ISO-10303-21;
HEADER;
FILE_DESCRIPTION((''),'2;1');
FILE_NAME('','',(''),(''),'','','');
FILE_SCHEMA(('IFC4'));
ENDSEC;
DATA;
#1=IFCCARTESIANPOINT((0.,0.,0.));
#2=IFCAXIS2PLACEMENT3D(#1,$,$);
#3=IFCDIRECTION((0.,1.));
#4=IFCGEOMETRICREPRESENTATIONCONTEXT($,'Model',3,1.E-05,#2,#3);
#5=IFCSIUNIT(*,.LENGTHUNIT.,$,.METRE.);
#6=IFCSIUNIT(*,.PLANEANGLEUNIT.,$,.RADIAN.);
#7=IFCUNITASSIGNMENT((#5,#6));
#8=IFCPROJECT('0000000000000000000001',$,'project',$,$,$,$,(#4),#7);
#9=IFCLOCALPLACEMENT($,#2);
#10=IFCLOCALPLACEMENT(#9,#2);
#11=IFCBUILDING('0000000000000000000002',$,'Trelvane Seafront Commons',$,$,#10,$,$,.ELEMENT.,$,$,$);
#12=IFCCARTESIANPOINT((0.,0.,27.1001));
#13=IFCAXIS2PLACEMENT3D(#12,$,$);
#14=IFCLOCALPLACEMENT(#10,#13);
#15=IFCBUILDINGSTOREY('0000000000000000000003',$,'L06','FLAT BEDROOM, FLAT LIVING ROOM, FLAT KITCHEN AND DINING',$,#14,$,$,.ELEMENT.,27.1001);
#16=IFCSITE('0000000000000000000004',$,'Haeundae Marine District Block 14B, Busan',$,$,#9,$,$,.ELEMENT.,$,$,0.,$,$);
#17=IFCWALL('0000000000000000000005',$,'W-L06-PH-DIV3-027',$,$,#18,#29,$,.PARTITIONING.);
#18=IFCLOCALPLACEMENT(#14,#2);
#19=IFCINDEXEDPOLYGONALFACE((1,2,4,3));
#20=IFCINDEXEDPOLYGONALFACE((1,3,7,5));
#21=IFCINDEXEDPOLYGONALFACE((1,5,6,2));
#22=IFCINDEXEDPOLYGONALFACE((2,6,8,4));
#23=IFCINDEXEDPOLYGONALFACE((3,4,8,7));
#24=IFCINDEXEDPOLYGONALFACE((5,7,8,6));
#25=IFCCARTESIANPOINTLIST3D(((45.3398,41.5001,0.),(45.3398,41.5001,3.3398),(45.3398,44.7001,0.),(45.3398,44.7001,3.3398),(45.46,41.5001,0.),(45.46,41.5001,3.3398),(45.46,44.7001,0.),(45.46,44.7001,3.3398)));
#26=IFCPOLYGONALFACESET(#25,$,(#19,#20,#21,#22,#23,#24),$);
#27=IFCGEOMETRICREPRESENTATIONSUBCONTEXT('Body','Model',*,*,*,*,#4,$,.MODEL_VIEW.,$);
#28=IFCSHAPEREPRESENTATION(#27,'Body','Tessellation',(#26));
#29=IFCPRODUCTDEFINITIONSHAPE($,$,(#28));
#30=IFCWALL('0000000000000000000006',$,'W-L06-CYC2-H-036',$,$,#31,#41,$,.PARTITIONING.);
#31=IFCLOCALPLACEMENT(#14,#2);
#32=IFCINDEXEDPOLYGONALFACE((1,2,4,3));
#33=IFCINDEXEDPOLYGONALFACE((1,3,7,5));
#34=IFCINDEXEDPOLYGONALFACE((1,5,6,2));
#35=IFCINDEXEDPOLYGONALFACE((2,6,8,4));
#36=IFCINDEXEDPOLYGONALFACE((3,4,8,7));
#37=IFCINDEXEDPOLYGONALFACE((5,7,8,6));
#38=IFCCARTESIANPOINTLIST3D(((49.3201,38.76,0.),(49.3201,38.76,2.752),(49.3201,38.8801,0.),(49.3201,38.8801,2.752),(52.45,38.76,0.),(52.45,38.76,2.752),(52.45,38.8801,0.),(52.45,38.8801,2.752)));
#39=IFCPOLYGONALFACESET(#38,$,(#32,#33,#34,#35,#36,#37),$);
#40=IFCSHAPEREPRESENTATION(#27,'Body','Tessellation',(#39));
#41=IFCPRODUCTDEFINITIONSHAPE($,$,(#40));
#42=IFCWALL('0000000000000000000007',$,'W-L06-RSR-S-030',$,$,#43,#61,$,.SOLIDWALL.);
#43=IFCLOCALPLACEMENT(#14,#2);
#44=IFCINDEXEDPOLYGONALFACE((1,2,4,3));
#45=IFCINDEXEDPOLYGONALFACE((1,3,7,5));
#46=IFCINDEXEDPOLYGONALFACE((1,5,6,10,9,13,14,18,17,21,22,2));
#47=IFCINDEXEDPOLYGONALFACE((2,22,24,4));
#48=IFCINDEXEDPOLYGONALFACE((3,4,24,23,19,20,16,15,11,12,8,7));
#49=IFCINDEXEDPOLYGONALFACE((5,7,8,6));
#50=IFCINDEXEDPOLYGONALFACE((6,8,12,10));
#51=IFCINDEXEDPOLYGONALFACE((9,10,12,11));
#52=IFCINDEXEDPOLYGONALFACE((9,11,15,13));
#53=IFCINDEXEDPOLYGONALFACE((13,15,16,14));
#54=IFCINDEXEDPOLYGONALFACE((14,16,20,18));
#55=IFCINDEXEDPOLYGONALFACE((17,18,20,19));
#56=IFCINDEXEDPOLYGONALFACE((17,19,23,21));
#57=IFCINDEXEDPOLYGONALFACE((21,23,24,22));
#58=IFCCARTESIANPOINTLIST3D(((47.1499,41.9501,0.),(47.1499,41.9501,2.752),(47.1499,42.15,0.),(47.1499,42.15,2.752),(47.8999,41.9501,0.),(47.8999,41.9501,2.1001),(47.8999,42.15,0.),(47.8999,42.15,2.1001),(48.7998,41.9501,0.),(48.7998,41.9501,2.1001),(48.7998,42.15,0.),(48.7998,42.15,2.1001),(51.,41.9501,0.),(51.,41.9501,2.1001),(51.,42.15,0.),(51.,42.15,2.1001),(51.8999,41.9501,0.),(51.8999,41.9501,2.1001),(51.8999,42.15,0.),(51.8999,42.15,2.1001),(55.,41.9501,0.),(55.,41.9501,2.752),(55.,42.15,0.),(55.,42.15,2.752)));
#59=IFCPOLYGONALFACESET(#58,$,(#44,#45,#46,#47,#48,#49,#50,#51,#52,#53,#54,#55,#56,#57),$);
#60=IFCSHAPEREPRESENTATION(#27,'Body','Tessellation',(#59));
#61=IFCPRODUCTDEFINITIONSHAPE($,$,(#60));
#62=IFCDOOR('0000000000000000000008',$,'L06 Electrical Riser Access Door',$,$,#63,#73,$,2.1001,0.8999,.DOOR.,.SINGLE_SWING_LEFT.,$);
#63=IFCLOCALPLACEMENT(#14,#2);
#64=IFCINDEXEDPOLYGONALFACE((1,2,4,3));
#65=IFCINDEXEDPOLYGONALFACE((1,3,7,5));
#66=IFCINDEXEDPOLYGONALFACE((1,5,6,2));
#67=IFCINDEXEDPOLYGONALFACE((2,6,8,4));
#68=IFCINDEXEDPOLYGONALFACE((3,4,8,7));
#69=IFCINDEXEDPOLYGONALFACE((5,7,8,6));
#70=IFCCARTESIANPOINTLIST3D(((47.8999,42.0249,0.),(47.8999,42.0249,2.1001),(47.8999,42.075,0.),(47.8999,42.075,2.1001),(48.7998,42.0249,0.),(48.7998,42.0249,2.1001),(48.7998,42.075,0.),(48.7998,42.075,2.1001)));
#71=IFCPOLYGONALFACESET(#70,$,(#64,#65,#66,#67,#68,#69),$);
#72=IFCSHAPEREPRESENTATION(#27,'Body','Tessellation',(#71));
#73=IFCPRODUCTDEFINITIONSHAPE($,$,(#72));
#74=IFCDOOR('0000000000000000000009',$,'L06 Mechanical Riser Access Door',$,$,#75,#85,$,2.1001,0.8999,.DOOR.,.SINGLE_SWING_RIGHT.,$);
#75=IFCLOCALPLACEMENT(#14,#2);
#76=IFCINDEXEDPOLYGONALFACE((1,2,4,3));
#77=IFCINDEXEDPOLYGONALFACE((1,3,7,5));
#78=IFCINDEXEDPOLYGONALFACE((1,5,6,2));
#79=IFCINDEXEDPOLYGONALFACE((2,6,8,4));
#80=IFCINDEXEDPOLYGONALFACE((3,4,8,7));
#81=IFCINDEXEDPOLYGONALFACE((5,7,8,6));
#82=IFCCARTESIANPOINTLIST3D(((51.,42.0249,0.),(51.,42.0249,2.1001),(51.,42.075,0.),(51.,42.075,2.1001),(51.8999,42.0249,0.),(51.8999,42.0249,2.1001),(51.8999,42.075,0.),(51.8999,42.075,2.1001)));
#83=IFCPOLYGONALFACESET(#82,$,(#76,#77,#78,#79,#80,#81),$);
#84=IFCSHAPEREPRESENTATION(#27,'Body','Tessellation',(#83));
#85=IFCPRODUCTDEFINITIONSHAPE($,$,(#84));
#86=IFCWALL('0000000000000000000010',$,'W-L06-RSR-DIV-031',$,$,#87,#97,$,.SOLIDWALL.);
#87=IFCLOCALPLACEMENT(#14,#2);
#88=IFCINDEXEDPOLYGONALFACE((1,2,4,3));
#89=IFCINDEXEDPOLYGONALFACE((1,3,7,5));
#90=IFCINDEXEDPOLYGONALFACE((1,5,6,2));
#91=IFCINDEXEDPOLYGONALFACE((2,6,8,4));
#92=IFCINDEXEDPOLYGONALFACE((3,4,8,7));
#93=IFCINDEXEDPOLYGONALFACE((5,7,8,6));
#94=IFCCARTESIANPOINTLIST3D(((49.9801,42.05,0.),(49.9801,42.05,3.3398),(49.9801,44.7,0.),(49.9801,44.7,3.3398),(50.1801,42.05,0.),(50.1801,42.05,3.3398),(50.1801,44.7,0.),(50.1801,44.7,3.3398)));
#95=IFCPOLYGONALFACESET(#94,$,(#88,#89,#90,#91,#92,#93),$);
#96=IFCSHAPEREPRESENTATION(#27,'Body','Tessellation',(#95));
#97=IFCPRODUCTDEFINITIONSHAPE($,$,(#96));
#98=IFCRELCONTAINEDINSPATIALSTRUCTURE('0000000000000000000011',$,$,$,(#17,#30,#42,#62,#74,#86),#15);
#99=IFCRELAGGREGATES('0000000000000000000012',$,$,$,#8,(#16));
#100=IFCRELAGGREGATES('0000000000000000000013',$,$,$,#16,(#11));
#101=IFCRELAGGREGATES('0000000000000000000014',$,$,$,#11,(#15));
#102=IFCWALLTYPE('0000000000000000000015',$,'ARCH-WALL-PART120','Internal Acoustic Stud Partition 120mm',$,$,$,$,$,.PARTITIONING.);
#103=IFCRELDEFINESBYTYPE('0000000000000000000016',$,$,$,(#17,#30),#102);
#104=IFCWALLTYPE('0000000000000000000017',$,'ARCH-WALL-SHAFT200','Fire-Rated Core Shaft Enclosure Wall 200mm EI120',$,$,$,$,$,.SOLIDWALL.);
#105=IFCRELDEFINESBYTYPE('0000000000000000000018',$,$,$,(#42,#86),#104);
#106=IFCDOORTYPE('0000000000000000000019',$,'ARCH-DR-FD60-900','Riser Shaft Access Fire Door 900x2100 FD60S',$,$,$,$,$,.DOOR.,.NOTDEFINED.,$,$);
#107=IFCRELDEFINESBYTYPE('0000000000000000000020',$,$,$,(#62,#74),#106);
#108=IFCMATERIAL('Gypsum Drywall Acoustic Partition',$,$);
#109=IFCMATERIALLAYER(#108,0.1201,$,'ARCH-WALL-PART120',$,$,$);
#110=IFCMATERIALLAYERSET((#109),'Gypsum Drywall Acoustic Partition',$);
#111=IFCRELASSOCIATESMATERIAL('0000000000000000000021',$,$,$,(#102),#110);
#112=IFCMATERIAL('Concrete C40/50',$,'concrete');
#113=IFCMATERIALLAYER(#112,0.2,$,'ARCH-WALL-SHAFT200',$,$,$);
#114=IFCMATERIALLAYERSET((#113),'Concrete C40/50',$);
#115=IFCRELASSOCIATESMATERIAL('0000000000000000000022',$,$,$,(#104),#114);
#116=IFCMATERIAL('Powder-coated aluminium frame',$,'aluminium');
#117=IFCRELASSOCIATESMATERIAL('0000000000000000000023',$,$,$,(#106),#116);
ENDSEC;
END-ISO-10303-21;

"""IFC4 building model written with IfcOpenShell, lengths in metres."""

from ifc_helpers import new_model, si_unit, direction, frame, frame_2d, origin, place, context, subcontext, project, spatial, rectangle, extrude, source, transform, mapped, material, layer, layer_set, type_object, element, fill, save


model = new_model("IFC4")

# Units and contexts
model_context = context("Model", 3, precision=1e-05, world=origin(), true_north=direction((0.0, 1.0)))
body_context = subcontext(model_context, "Body", "Model", "MODEL_VIEW")
ifc_project = project(units=[si_unit("LENGTHUNIT", "METRE"), si_unit("PLANEANGLEUNIT", "RADIAN")], contexts=[model_context])

# Site, building, storey
site_placement = place(None, origin())
site = spatial("IfcSite", under=ifc_project, at=site_placement, Name="Haeundae Marine District Block 14B, Busan", CompositionType="ELEMENT", RefElevation=0.0)
building_placement = place(site_placement, origin())
building = spatial("IfcBuilding", under=site, at=building_placement, Name="Trelvane Seafront Commons", CompositionType="ELEMENT")
storey_placement = place(building_placement, frame((0.0, 0.0, 27.1001)))
storey = spatial("IfcBuildingStorey", under=building, at=storey_placement, Name="L06", Description="FLAT BEDROOM, FLAT LIVING ROOM, FLAT KITCHEN AND DINING", CompositionType="ELEMENT", Elevation=27.1001)

# Walls
ifc_material_1 = material(Name="Gypsum Drywall Acoustic Partition")
ifc_layer_1 = layer(ifc_material_1, 0.1201, Name="ARCH-WALL-PART120")
ifc_layer_set_1 = layer_set([ifc_layer_1], Name="Gypsum Drywall Acoustic Partition")
wall_type_1 = type_object("IfcWallType", Name="ARCH-WALL-PART120", Description="Internal Acoustic Stud Partition 120mm", PredefinedType="PARTITIONING", material=ifc_layer_set_1)
wall_1_placement = place(storey_placement, frame((45.3999, 41.5, 0.0), z_axis=(0.0, 0.0, 1.0), x_axis=(0.0, 1.0, 0.0)))
element("IfcWall", 1, at=wall_1_placement, inside=storey, type_object=wall_type_1, Name="W-L06-PH-DIV3-027", PredefinedType="PARTITIONING", context=body_context, shape_type="SweptSolid", body=[
    extrude(rectangle(XDim=3.2, YDim=0.1201, at=frame_2d((1.6001, 0.0))), origin(), (0.0, 0.0, 1.0), 3.3398),
])
wall_2_placement = place(storey_placement, frame((49.3201, 38.8201, 0.0), z_axis=(0.0, 0.0, 1.0), x_axis=(1.0, 0.0, 0.0)))
element("IfcWall", 2, at=wall_2_placement, inside=storey, type_object=wall_type_1, Name="W-L06-CYC2-H-036", PredefinedType="PARTITIONING", context=body_context, shape_type="SweptSolid", body=[
    extrude(rectangle(XDim=3.1299, YDim=0.1201, at=frame_2d((1.5649, 0.0))), origin(), (0.0, 0.0, 1.0), 2.752),
])

# Wall, openings, doors
ifc_material_2 = material(Name="Concrete C40/50", Category="concrete")
ifc_layer_2 = layer(ifc_material_2, 0.2, Name="ARCH-WALL-SHAFT200")
ifc_layer_set_2 = layer_set([ifc_layer_2], Name="Concrete C40/50")
wall_type_2 = type_object("IfcWallType", Name="ARCH-WALL-SHAFT200", Description="Fire-Rated Core Shaft Enclosure Wall 200mm EI120", PredefinedType="SOLIDWALL", material=ifc_layer_set_2)
wall_3_placement = place(storey_placement, frame((47.1499, 42.05, 0.0), z_axis=(0.0, 0.0, 1.0), x_axis=(1.0, 0.0, 0.0)))
wall_3 = element("IfcWall", 3, at=wall_3_placement, inside=storey, type_object=wall_type_2, Name="W-L06-RSR-S-030", PredefinedType="SOLIDWALL", context=body_context, shape_type="SweptSolid", body=[
    extrude(rectangle(XDim=7.8501, YDim=0.2, at=frame_2d((3.925, 0.0))), origin(), (0.0, 0.0, 1.0), 2.752),
])
opening_1_placement = place(wall_3_placement, frame((0.75, 0.0, 0.0)))
opening_1 = element("IfcOpeningElement", 4, at=opening_1_placement, cuts=wall_3, PredefinedType="OPENING", context=body_context, shape_type="SweptSolid", body=[
    extrude(rectangle(XDim=0.8999, YDim=2.1001, at=frame_2d((0.45, 1.05))), frame((0.0, 0.1099, 0.0), z_axis=(0.0, -1.0, 0.0), x_axis=(1.0, 0.0, 0.0)), (0.0, 0.0, 1.0), 0.22),
])
opening_2_placement = place(wall_3_placement, frame((3.8501, 0.0, 0.0)))
opening_2 = element("IfcOpeningElement", 5, at=opening_2_placement, cuts=wall_3, PredefinedType="OPENING", context=body_context, shape_type="SweptSolid", body=[
    extrude(rectangle(XDim=0.8999, YDim=2.1001, at=frame_2d((0.45, 1.05))), frame((0.0, 0.1099, 0.0), z_axis=(0.0, -1.0, 0.0), x_axis=(1.0, 0.0, 0.0)), (0.0, 0.0, 1.0), 0.22),
])
ifc_material_3 = material(Name="Powder-coated aluminium frame", Category="aluminium")
door_type = type_object("IfcDoorType", Name="ARCH-DR-FD60-900", Description="Riser Shaft Access Fire Door 900x2100 FD60S", OperationType="NOTDEFINED", PredefinedType="DOOR", material=ifc_material_3)
shared_shape_1 = source(origin(), body_context, "Body", "SweptSolid", [
    extrude(rectangle(XDim=0.8999, YDim=2.1001, at=frame_2d((0.45, 1.05))), frame((0.0, 0.0249, 0.0), z_axis=(0.0, -1.0, 0.0), x_axis=(1.0, 0.0, 0.0)), (0.0, 0.0, 1.0), 0.05),
])
door_1_placement = place(opening_1_placement, origin())
door_1 = element("IfcDoor", 6, at=door_1_placement, inside=storey, type_object=door_type, Name="L06 Electrical Riser Access Door", OperationType="SINGLE_SWING_LEFT", OverallHeight=2.1001, OverallWidth=0.8999, PredefinedType="DOOR", context=body_context, shape_type="MappedRepresentation", body=[
    mapped(shared_shape_1, transform((0.0, 0.0, 0.0), x_axis=(1.0, 0.0, 0.0), y_axis=(0.0, 1.0, 0.0), z_axis=(0.0, 0.0, 1.0), scale=1.0)),
])
fill(opening_1, door_1)
door_2_placement = place(opening_2_placement, origin())
door_2 = element("IfcDoor", 7, at=door_2_placement, inside=storey, type_object=door_type, Name="L06 Mechanical Riser Access Door", OperationType="SINGLE_SWING_RIGHT", OverallHeight=2.1001, OverallWidth=0.8999, PredefinedType="DOOR", context=body_context, shape_type="MappedRepresentation", body=[
    mapped(shared_shape_1, transform((0.0, 0.0, 0.0), x_axis=(1.0, 0.0, 0.0), y_axis=(0.0, 1.0, 0.0), z_axis=(0.0, 0.0, 1.0), scale=1.0)),
])
fill(opening_2, door_2)

# Wall
wall_4_placement = place(storey_placement, frame((50.0801, 42.05, 0.0), z_axis=(0.0, 0.0, 1.0), x_axis=(0.0, 1.0, 0.0)))
element("IfcWall", 8, at=wall_4_placement, inside=storey, type_object=wall_type_2, Name="W-L06-RSR-DIV-031", PredefinedType="SOLIDWALL", context=body_context, shape_type="SweptSolid", body=[
    extrude(rectangle(XDim=2.6499, YDim=0.2, at=frame_2d((1.325, 0.0))), origin(), (0.0, 0.0, 1.0), 3.3398),
])

save(model, "model.ifc")
